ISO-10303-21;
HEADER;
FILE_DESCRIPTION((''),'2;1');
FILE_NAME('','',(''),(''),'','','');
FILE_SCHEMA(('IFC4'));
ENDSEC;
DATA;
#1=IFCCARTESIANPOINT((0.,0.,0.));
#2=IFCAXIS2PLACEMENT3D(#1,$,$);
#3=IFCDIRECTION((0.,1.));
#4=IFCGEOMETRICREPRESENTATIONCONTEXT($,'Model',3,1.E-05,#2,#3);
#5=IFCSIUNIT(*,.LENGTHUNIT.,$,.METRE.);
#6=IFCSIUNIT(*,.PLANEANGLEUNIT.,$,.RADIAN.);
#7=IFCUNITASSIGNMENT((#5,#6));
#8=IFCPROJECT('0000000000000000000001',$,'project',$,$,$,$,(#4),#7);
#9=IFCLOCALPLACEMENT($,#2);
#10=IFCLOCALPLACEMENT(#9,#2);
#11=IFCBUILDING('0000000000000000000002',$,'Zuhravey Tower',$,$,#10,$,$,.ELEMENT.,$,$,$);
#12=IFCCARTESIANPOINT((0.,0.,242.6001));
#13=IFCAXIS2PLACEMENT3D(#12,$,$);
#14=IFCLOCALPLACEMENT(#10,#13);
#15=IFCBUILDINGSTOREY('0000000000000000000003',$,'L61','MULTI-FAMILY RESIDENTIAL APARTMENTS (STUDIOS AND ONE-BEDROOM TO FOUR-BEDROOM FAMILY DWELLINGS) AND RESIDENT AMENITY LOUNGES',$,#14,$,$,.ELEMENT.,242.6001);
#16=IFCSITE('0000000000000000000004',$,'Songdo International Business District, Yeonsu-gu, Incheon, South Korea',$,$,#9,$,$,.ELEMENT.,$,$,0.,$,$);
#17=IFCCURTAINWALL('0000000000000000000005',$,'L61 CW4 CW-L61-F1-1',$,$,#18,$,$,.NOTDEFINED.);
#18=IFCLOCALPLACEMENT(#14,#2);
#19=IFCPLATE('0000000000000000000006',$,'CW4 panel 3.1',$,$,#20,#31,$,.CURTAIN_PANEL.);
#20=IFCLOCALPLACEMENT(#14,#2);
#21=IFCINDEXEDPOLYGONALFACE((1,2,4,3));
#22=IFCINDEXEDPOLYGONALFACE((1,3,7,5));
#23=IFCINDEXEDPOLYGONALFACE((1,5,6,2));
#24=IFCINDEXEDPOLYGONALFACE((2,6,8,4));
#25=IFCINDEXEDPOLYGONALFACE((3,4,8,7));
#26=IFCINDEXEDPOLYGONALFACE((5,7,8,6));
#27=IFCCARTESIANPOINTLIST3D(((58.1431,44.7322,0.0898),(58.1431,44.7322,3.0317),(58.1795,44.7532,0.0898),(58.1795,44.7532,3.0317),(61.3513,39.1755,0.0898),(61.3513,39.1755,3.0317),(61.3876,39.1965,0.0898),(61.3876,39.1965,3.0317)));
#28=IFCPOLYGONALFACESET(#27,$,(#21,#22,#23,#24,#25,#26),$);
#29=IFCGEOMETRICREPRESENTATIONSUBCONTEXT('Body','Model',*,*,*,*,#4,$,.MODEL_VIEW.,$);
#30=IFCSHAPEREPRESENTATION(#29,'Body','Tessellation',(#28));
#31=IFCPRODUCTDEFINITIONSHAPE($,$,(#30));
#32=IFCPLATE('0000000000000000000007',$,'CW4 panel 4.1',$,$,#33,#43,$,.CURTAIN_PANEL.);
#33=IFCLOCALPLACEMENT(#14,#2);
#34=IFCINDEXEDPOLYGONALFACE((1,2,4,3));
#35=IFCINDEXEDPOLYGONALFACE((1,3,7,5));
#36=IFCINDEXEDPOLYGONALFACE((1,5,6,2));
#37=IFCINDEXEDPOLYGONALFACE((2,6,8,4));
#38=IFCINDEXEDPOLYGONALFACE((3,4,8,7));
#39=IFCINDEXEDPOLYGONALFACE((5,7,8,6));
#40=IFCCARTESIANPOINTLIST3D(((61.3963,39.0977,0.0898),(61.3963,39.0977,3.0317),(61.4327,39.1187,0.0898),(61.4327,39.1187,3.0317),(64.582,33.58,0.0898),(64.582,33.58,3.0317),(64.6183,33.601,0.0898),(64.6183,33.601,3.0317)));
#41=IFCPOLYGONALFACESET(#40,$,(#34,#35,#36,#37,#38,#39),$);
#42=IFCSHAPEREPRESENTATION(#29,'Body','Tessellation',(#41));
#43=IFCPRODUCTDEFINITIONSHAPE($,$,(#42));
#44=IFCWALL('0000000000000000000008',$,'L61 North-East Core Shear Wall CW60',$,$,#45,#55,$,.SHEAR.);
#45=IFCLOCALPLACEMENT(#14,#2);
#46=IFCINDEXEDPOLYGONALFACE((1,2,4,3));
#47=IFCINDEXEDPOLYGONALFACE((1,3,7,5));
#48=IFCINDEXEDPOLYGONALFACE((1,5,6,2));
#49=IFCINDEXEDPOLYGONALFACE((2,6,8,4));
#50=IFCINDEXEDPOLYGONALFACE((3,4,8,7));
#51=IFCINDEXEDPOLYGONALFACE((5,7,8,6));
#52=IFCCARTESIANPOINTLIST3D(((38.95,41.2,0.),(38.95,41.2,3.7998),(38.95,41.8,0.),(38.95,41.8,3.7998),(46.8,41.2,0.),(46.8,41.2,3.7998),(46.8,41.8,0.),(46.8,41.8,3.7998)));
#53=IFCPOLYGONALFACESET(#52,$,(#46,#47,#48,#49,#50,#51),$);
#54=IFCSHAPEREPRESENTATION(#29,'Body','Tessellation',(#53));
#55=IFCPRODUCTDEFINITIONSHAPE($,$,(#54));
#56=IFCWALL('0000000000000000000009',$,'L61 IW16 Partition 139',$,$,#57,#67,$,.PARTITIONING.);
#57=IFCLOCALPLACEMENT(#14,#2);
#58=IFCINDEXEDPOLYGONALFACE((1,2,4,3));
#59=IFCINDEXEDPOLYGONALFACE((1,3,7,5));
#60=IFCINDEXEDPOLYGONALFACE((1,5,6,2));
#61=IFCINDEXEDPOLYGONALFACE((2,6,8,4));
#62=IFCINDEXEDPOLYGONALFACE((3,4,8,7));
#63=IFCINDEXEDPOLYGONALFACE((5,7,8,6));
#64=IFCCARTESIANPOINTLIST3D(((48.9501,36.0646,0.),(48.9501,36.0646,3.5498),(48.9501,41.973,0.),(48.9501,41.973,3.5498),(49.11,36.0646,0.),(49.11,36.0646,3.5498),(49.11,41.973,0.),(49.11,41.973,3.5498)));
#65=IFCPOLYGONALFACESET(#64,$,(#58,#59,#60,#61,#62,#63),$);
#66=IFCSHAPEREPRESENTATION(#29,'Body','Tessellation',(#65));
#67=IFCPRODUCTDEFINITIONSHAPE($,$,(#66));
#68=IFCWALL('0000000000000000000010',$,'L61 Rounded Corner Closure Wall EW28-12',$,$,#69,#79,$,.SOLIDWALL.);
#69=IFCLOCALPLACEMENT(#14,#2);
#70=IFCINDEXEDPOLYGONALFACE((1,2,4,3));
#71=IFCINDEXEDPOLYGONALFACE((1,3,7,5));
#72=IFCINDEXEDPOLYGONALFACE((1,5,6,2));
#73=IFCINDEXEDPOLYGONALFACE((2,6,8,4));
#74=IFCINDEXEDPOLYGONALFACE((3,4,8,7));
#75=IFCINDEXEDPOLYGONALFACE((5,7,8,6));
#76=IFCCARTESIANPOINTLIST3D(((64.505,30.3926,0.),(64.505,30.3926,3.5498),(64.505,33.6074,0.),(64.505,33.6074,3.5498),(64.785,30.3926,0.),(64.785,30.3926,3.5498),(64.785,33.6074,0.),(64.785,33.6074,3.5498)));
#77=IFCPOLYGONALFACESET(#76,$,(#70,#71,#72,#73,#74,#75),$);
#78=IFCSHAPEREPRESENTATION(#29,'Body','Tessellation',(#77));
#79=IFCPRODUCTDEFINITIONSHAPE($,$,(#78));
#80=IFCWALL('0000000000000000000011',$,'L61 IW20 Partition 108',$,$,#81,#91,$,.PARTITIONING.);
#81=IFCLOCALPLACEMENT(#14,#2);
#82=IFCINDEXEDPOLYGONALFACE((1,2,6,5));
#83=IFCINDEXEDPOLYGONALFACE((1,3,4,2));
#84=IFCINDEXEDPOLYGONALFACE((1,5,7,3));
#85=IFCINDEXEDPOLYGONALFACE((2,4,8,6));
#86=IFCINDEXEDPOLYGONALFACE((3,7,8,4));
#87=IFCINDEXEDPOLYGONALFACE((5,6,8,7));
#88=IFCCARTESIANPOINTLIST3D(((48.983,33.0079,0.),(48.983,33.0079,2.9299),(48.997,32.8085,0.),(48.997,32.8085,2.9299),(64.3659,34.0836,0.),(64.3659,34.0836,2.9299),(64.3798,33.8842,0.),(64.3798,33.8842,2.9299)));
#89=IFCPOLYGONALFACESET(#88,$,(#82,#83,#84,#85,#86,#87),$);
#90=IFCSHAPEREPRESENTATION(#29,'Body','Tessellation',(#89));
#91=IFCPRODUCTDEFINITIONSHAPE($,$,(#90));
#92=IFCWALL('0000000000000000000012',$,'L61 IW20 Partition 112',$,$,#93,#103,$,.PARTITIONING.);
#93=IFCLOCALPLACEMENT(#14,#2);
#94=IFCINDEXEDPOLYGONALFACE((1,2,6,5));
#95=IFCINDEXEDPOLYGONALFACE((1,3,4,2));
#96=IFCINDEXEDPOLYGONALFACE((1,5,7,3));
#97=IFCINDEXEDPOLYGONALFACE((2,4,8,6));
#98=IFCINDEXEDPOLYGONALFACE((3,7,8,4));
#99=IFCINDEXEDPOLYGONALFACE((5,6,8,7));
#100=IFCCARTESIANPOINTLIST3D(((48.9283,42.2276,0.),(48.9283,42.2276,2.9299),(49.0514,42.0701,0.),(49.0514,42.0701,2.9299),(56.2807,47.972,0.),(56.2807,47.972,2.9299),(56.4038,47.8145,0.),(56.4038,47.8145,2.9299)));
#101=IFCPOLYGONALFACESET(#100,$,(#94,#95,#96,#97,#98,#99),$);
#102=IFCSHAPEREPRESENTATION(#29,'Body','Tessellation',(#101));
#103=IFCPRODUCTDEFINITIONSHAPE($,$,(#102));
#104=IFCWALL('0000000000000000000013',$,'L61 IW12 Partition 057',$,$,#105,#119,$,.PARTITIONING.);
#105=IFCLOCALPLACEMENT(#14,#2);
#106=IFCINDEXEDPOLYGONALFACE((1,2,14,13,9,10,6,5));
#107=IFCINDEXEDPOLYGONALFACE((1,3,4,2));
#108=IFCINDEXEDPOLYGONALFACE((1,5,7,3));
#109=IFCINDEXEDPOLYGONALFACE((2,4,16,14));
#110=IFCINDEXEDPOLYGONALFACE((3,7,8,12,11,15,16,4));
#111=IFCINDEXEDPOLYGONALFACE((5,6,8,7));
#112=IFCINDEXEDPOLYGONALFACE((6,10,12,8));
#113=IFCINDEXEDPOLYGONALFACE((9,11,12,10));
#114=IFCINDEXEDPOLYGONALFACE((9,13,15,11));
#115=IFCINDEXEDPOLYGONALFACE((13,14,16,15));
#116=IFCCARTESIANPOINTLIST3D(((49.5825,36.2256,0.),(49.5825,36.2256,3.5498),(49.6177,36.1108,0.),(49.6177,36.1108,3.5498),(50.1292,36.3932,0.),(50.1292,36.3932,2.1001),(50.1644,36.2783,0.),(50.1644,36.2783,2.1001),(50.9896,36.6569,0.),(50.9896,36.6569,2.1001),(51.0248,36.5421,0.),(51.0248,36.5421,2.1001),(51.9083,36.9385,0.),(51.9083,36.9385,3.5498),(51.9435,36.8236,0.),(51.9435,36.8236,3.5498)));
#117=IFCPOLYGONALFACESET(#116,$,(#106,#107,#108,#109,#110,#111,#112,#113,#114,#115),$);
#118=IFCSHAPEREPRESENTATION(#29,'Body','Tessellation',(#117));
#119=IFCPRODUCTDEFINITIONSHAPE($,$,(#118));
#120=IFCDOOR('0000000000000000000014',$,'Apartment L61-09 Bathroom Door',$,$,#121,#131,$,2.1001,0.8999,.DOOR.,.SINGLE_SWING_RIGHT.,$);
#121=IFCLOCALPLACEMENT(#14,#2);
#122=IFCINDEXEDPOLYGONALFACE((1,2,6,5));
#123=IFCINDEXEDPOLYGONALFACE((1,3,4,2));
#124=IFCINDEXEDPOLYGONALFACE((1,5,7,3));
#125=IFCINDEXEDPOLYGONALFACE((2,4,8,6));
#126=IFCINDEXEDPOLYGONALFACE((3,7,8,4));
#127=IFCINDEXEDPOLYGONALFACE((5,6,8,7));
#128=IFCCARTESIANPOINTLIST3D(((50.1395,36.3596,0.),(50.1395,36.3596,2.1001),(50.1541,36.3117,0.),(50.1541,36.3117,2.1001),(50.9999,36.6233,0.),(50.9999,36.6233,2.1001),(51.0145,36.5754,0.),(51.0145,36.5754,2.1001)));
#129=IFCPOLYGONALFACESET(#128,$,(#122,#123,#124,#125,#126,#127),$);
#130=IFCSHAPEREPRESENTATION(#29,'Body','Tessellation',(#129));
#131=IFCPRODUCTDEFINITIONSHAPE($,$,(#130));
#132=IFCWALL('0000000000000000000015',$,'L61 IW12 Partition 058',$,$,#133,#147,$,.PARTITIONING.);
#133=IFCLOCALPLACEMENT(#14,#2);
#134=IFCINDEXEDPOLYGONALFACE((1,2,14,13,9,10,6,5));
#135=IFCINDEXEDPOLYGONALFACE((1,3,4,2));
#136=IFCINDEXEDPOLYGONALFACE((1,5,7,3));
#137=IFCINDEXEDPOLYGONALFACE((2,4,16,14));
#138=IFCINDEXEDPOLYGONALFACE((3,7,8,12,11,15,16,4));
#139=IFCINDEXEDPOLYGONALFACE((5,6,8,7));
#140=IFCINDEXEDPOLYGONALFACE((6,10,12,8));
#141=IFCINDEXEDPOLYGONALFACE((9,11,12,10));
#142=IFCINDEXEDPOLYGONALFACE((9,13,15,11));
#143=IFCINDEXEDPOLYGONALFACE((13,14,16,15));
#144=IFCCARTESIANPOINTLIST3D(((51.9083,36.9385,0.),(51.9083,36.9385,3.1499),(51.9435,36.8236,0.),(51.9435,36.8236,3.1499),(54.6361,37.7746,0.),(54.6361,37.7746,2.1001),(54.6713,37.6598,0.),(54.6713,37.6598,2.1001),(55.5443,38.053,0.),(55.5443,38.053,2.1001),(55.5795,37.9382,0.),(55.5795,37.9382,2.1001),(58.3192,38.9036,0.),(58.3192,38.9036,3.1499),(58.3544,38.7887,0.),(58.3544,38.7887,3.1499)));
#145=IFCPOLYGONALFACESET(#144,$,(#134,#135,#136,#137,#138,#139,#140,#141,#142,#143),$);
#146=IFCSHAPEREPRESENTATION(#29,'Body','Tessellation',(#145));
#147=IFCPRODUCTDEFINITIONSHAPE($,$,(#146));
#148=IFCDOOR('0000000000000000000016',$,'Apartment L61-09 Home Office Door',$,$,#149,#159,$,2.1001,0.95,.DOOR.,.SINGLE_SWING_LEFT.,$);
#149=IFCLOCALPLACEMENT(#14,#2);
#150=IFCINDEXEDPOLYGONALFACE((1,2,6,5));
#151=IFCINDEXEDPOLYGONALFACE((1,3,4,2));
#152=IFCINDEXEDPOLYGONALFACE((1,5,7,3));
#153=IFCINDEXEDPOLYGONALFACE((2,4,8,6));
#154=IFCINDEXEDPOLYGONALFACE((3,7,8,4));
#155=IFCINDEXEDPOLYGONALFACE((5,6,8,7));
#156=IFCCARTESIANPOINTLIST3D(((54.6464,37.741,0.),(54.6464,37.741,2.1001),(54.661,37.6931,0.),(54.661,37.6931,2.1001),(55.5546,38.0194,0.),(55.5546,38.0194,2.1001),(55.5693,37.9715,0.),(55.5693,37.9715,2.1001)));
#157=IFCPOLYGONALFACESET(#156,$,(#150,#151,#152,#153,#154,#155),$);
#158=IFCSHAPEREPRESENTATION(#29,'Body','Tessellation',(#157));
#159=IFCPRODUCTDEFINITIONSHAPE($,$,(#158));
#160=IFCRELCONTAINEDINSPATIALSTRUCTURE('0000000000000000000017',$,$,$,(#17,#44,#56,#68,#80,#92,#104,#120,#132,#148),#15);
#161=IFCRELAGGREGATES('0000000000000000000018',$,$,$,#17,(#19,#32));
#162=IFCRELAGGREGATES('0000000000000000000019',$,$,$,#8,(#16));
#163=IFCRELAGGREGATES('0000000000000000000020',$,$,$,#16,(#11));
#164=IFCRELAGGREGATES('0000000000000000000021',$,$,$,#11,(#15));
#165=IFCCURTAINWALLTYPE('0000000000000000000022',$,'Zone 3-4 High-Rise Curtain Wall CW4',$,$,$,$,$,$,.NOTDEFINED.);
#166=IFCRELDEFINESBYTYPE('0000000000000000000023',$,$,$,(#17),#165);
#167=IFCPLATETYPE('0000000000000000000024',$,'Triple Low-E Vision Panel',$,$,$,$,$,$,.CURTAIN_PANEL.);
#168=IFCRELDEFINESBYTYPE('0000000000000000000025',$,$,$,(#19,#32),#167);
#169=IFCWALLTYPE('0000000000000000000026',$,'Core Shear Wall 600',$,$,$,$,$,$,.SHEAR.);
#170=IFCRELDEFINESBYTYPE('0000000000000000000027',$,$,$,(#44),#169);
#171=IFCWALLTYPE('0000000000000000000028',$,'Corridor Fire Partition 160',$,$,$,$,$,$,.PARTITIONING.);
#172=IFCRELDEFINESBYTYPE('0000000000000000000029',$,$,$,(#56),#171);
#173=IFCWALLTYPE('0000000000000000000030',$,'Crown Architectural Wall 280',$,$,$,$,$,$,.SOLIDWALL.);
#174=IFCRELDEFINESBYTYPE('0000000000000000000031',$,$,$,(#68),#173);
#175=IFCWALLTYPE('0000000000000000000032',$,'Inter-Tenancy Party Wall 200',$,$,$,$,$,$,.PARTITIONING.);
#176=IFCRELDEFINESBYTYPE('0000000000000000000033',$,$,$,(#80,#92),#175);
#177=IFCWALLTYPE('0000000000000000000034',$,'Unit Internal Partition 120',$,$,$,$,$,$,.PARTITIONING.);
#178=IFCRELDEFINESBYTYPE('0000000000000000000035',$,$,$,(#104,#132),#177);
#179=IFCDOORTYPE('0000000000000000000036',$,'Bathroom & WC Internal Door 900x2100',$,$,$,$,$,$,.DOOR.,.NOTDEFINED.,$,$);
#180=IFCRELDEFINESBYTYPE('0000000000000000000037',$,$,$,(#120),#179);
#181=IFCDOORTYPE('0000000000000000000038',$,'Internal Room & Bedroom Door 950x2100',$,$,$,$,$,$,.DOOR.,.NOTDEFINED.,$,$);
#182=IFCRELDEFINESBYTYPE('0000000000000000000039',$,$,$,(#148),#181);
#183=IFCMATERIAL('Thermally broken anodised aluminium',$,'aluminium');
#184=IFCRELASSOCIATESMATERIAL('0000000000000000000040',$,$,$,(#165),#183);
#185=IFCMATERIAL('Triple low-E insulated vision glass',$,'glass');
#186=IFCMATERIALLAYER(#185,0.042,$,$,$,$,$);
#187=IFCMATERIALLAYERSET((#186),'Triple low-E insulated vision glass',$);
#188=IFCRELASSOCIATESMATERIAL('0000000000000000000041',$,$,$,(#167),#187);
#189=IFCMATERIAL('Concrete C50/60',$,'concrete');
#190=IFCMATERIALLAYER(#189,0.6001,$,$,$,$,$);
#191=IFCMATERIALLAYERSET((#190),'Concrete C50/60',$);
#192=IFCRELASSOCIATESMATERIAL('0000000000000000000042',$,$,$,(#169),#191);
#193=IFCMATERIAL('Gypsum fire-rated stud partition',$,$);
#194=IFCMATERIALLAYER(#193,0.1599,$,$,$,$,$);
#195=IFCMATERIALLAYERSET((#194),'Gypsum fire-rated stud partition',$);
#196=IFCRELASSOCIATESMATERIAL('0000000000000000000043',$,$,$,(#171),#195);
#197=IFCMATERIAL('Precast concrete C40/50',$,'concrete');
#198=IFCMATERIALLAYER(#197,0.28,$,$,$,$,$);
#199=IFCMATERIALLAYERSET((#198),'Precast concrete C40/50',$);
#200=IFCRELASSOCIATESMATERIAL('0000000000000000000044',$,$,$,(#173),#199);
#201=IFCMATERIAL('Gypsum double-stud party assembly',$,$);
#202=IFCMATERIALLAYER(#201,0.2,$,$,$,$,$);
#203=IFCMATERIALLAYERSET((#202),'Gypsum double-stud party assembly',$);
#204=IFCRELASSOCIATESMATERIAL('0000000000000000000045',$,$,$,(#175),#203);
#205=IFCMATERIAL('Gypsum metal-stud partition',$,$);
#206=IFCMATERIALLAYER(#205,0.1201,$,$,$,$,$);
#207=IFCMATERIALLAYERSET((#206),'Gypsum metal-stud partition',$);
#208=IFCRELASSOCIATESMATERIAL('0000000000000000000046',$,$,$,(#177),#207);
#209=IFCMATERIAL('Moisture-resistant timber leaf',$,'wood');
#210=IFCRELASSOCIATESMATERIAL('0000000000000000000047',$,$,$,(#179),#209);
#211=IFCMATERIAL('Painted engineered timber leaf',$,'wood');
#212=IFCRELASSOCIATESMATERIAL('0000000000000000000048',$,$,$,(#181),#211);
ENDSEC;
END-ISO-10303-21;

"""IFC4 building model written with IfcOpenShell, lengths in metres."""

from ifc_helpers import new_model, si_unit, direction, frame, frame_2d, origin, origin_2d, place, context, subcontext, project, spatial, rectangle, extrude, material, layer, layer_set, type_object, element, fill, aggregate, save


model = new_model("IFC4")

# Units and contexts
model_context = context("Model", 3, precision=1e-05, world=origin(), true_north=direction((0.0, 1.0)))
body_context = subcontext(model_context, "Body", "Model", "MODEL_VIEW")
ifc_project = project(units=[si_unit("LENGTHUNIT", "METRE"), si_unit("PLANEANGLEUNIT", "RADIAN")], contexts=[model_context])

# Site, building, storey
site_placement = place(None, origin())
site = spatial("IfcSite", under=ifc_project, at=site_placement, Name="Songdo International Business District, Yeonsu-gu, Incheon, South Korea", CompositionType="ELEMENT", RefElevation=0.0)
building_placement = place(site_placement, origin())
building = spatial("IfcBuilding", under=site, at=building_placement, Name="Zuhravey Tower", CompositionType="ELEMENT")
storey_placement = place(building_placement, frame((0.0, 0.0, 242.6001)))
storey = spatial("IfcBuildingStorey", under=building, at=storey_placement, Name="L61", Description="MULTI-FAMILY RESIDENTIAL APARTMENTS (STUDIOS AND ONE-BEDROOM TO FOUR-BEDROOM FAMILY DWELLINGS) AND RESIDENT AMENITY LOUNGES", CompositionType="ELEMENT", Elevation=242.6001)

# Shared definitions
ifc_material_1 = material(Name="Concrete C50/60", Category="concrete")

# Curtain wall
ifc_material_2 = material(Name="Thermally broken anodised aluminium", Category="aluminium")
curtain_wall_type = type_object("IfcCurtainWallType", Name="Zone 3-4 High-Rise Curtain Wall CW4", PredefinedType="NOTDEFINED", material=ifc_material_2)
curtain_wall_placement = place(storey_placement, origin())
curtain_wall = element("IfcCurtainWall", 1, at=curtain_wall_placement, inside=storey, type_object=curtain_wall_type, Name="L61 CW4 CW-L61-F1-1", PredefinedType="NOTDEFINED")

# Plates
ifc_material_3 = material(Name="Triple low-E insulated vision glass", Category="glass")
ifc_layer_1 = layer(ifc_material_3, 0.042)
ifc_layer_set_1 = layer_set([ifc_layer_1], Name="Triple low-E insulated vision glass")
plate_type = type_object("IfcPlateType", Name="Triple Low-E Vision Panel", PredefinedType="CURTAIN_PANEL", material=ifc_layer_set_1)
plate_1_placement = place(storey_placement, frame((59.7654, 41.9644, 0.0898), z_axis=(0.0, 0.0, 1.0), x_axis=(0.500001, -0.866025, 0.0)))
plate_1 = element("IfcPlate", 2, at=plate_1_placement, type_object=plate_type, Name="CW4 panel 3.1", PredefinedType="CURTAIN_PANEL", context=body_context, shape_type="SweptSolid", body=[
    extrude(rectangle(XDim=6.4163, YDim=0.042, at=origin_2d()), origin(), (0.0, 0.0, 1.0), 2.9419),
])
plate_2_placement = place(storey_placement, frame((63.0073, 36.3494, 0.0898), z_axis=(0.0, 0.0, 1.0), x_axis=(0.500001, -0.866025, 0.0)))
plate_2 = element("IfcPlate", 3, at=plate_2_placement, type_object=plate_type, Name="CW4 panel 4.1", PredefinedType="CURTAIN_PANEL", context=body_context, shape_type="SweptSolid", body=[
    extrude(rectangle(XDim=6.3713, YDim=0.042, at=origin_2d()), origin(), (0.0, 0.0, 1.0), 2.9419),
])
aggregate(curtain_wall, [plate_1, plate_2])

# Wall
ifc_layer_2 = layer(ifc_material_1, 0.6001)
ifc_layer_set_2 = layer_set([ifc_layer_2], Name="Concrete C50/60")
wall_type_1 = type_object("IfcWallType", Name="Core Shear Wall 600", PredefinedType="SHEAR", material=ifc_layer_set_2)
wall_1_placement = place(storey_placement, frame((46.8, 41.5, 0.0), z_axis=(0.0, 0.0, 1.0), x_axis=(-1.0, 0.0, 0.0)))
element("IfcWall", 4, at=wall_1_placement, inside=storey, type_object=wall_type_1, Name="L61 North-East Core Shear Wall CW60", PredefinedType="SHEAR", context=body_context, shape_type="SweptSolid", body=[
    extrude(rectangle(XDim=7.8501, YDim=0.6001, at=frame_2d((3.925, 0.0))), origin(), (0.0, 0.0, 1.0), 3.7998),
])

# Shared definitions
ifc_material_4 = material(Name="Gypsum fire-rated stud partition")
ifc_layer_3 = layer(ifc_material_4, 0.1599)
ifc_layer_set_3 = layer_set([ifc_layer_3], Name="Gypsum fire-rated stud partition")
wall_type_2 = type_object("IfcWallType", Name="Corridor Fire Partition 160", PredefinedType="PARTITIONING", material=ifc_layer_set_3)

# Walls
wall_2_placement = place(storey_placement, frame((49.03, 36.0647, 0.0), z_axis=(0.0, 0.0, 1.0), x_axis=(0.0, 1.0, 0.0)))
element("IfcWall", 5, at=wall_2_placement, inside=storey, type_object=wall_type_2, Name="L61 IW16 Partition 139", PredefinedType="PARTITIONING", context=body_context, shape_type="SweptSolid", body=[
    extrude(rectangle(XDim=5.9084, YDim=0.1599, at=frame_2d((2.9541, 0.0))), origin(), (0.0, 0.0, 1.0), 3.5498),
])
ifc_material_5 = material(Name="Precast concrete C40/50", Category="concrete")
ifc_layer_4 = layer(ifc_material_5, 0.28)
ifc_layer_set_4 = layer_set([ifc_layer_4], Name="Precast concrete C40/50")
wall_type_3 = type_object("IfcWallType", Name="Crown Architectural Wall 280", PredefinedType="SOLIDWALL", material=ifc_layer_set_4)
wall_3_placement = place(storey_placement, frame((64.645, 33.6074, 0.0), z_axis=(0.0, 0.0, 1.0), x_axis=(0.0, -1.0, 0.0)))
element("IfcWall", 6, at=wall_3_placement, inside=storey, type_object=wall_type_3, Name="L61 Rounded Corner Closure Wall EW28-12", PredefinedType="SOLIDWALL", context=body_context, shape_type="SweptSolid", body=[
    extrude(rectangle(XDim=3.2148, YDim=0.28, at=frame_2d((1.6074, 0.0))), origin(), (0.0, 0.0, 1.0), 3.5498),
])
ifc_material_6 = material(Name="Gypsum double-stud party assembly")
ifc_layer_5 = layer(ifc_material_6, 0.2)
ifc_layer_set_5 = layer_set([ifc_layer_5], Name="Gypsum double-stud party assembly")
wall_type_4 = type_object("IfcWallType", Name="Inter-Tenancy Party Wall 200", PredefinedType="PARTITIONING", material=ifc_layer_set_5)
wall_4_placement = place(storey_placement, frame((48.99, 32.9082, 0.0), z_axis=(0.0, 0.0, 1.0), x_axis=(0.997564, 0.069757, 0.0)))
element("IfcWall", 7, at=wall_4_placement, inside=storey, type_object=wall_type_4, Name="L61 IW20 Partition 108", PredefinedType="PARTITIONING", context=body_context, shape_type="SweptSolid", body=[
    extrude(rectangle(XDim=15.4204, YDim=0.2, at=frame_2d((7.7102, 0.0))), origin(), (0.0, 0.0, 1.0), 2.9299),
])
wall_5_placement = place(storey_placement, frame((48.99, 42.1489, 0.0), z_axis=(0.0, 0.0, 1.0), x_axis=(0.788003, 0.615671, 0.0)))
element("IfcWall", 8, at=wall_5_placement, inside=storey, type_object=wall_type_4, Name="L61 IW20 Partition 112", PredefinedType="PARTITIONING", context=body_context, shape_type="SweptSolid", body=[
    extrude(rectangle(XDim=9.3303, YDim=0.2, at=frame_2d((4.665, 0.0))), origin(), (0.0, 0.0, 1.0), 2.9299),
])

# Walls, openings, doors
ifc_material_7 = material(Name="Gypsum metal-stud partition")
ifc_layer_6 = layer(ifc_material_7, 0.1201)
ifc_layer_set_6 = layer_set([ifc_layer_6], Name="Gypsum metal-stud partition")
wall_type_5 = type_object("IfcWallType", Name="Unit Internal Partition 120", PredefinedType="PARTITIONING", material=ifc_layer_set_6)
wall_6_placement = place(storey_placement, frame((49.6001, 36.1682, 0.0), z_axis=(0.0, 0.0, 1.0), x_axis=(0.9561, 0.293042, 0.0)))
wall_6 = element("IfcWall", 9, at=wall_6_placement, inside=storey, type_object=wall_type_5, Name="L61 IW12 Partition 057", PredefinedType="PARTITIONING", context=body_context, shape_type="SweptSolid", body=[
    extrude(rectangle(XDim=2.4326, YDim=0.1201, at=frame_2d((1.2163, 0.0))), origin(), (0.0, 0.0, 1.0), 3.5498),
])
opening_1_placement = place(wall_6_placement, frame((0.5718, 0.0, 0.0)))
opening_1 = element("IfcOpeningElement", 10, at=opening_1_placement, cuts=wall_6, PredefinedType="OPENING", context=body_context, shape_type="SweptSolid", body=[
    extrude(rectangle(XDim=0.8999, YDim=2.1001, at=frame_2d((0.45, 1.05))), frame((0.0, 0.072, 0.0), z_axis=(0.0, -1.0, 0.0), x_axis=(1.0, 0.0, 0.0)), (0.0, 0.0, 1.0), 0.144),
])
ifc_material_8 = material(Name="Moisture-resistant timber leaf", Category="wood")
door_type_1 = type_object("IfcDoorType", Name="Bathroom & WC Internal Door 900x2100", OperationType="NOTDEFINED", PredefinedType="DOOR", material=ifc_material_8)
door_1_placement = place(opening_1_placement, origin())
door_1 = element("IfcDoor", 11, at=door_1_placement, inside=storey, type_object=door_type_1, Name="Apartment L61-09 Bathroom Door", OperationType="SINGLE_SWING_RIGHT", OverallHeight=2.1001, OverallWidth=0.8999, PredefinedType="DOOR", context=body_context, shape_type="SweptSolid", body=[
    extrude(rectangle(XDim=0.8999, YDim=2.1001, at=frame_2d((0.45, 1.05))), frame((0.0, 0.0249, 0.0), z_axis=(0.0, -1.0, 0.0), x_axis=(1.0, 0.0, 0.0)), (0.0, 0.0, 1.0), 0.05),
])
fill(opening_1, door_1)
wall_7_placement = place(storey_placement, frame((51.926, 36.8811, 0.0), z_axis=(0.0, 0.0, 1.0), x_axis=(0.956093, 0.293065, 0.0)))
wall_7 = element("IfcWall", 12, at=wall_7_placement, inside=storey, type_object=wall_type_5, Name="L61 IW12 Partition 058", PredefinedType="PARTITIONING", context=body_context, shape_type="SweptSolid", body=[
    extrude(rectangle(XDim=6.7053, YDim=0.1201, at=frame_2d((3.3525, 0.0))), origin(), (0.0, 0.0, 1.0), 3.1499),
])
opening_2_placement = place(wall_7_placement, frame((2.8528, 0.0, 0.0)))
opening_2 = element("IfcOpeningElement", 13, at=opening_2_placement, cuts=wall_7, PredefinedType="OPENING", context=body_context, shape_type="SweptSolid", body=[
    extrude(rectangle(XDim=0.95, YDim=2.1001, at=frame_2d((0.4751, 1.05))), frame((0.0, 0.072, 0.0), z_axis=(0.0, -1.0, 0.0), x_axis=(1.0, 0.0, 0.0)), (0.0, 0.0, 1.0), 0.144),
])
ifc_material_9 = material(Name="Painted engineered timber leaf", Category="wood")
door_type_2 = type_object("IfcDoorType", Name="Internal Room & Bedroom Door 950x2100", OperationType="NOTDEFINED", PredefinedType="DOOR", material=ifc_material_9)
door_2_placement = place(opening_2_placement, origin())
door_2 = element("IfcDoor", 14, at=door_2_placement, inside=storey, type_object=door_type_2, Name="Apartment L61-09 Home Office Door", OperationType="SINGLE_SWING_LEFT", OverallHeight=2.1001, OverallWidth=0.95, PredefinedType="DOOR", context=body_context, shape_type="SweptSolid", body=[
    extrude(rectangle(XDim=0.95, YDim=2.1001, at=frame_2d((0.4751, 1.05))), frame((0.0, 0.0249, 0.0), z_axis=(0.0, -1.0, 0.0), x_axis=(1.0, 0.0, 0.0)), (0.0, 0.0, 1.0), 0.05),
])
fill(opening_2, door_2)

save(model, "model.ifc")
